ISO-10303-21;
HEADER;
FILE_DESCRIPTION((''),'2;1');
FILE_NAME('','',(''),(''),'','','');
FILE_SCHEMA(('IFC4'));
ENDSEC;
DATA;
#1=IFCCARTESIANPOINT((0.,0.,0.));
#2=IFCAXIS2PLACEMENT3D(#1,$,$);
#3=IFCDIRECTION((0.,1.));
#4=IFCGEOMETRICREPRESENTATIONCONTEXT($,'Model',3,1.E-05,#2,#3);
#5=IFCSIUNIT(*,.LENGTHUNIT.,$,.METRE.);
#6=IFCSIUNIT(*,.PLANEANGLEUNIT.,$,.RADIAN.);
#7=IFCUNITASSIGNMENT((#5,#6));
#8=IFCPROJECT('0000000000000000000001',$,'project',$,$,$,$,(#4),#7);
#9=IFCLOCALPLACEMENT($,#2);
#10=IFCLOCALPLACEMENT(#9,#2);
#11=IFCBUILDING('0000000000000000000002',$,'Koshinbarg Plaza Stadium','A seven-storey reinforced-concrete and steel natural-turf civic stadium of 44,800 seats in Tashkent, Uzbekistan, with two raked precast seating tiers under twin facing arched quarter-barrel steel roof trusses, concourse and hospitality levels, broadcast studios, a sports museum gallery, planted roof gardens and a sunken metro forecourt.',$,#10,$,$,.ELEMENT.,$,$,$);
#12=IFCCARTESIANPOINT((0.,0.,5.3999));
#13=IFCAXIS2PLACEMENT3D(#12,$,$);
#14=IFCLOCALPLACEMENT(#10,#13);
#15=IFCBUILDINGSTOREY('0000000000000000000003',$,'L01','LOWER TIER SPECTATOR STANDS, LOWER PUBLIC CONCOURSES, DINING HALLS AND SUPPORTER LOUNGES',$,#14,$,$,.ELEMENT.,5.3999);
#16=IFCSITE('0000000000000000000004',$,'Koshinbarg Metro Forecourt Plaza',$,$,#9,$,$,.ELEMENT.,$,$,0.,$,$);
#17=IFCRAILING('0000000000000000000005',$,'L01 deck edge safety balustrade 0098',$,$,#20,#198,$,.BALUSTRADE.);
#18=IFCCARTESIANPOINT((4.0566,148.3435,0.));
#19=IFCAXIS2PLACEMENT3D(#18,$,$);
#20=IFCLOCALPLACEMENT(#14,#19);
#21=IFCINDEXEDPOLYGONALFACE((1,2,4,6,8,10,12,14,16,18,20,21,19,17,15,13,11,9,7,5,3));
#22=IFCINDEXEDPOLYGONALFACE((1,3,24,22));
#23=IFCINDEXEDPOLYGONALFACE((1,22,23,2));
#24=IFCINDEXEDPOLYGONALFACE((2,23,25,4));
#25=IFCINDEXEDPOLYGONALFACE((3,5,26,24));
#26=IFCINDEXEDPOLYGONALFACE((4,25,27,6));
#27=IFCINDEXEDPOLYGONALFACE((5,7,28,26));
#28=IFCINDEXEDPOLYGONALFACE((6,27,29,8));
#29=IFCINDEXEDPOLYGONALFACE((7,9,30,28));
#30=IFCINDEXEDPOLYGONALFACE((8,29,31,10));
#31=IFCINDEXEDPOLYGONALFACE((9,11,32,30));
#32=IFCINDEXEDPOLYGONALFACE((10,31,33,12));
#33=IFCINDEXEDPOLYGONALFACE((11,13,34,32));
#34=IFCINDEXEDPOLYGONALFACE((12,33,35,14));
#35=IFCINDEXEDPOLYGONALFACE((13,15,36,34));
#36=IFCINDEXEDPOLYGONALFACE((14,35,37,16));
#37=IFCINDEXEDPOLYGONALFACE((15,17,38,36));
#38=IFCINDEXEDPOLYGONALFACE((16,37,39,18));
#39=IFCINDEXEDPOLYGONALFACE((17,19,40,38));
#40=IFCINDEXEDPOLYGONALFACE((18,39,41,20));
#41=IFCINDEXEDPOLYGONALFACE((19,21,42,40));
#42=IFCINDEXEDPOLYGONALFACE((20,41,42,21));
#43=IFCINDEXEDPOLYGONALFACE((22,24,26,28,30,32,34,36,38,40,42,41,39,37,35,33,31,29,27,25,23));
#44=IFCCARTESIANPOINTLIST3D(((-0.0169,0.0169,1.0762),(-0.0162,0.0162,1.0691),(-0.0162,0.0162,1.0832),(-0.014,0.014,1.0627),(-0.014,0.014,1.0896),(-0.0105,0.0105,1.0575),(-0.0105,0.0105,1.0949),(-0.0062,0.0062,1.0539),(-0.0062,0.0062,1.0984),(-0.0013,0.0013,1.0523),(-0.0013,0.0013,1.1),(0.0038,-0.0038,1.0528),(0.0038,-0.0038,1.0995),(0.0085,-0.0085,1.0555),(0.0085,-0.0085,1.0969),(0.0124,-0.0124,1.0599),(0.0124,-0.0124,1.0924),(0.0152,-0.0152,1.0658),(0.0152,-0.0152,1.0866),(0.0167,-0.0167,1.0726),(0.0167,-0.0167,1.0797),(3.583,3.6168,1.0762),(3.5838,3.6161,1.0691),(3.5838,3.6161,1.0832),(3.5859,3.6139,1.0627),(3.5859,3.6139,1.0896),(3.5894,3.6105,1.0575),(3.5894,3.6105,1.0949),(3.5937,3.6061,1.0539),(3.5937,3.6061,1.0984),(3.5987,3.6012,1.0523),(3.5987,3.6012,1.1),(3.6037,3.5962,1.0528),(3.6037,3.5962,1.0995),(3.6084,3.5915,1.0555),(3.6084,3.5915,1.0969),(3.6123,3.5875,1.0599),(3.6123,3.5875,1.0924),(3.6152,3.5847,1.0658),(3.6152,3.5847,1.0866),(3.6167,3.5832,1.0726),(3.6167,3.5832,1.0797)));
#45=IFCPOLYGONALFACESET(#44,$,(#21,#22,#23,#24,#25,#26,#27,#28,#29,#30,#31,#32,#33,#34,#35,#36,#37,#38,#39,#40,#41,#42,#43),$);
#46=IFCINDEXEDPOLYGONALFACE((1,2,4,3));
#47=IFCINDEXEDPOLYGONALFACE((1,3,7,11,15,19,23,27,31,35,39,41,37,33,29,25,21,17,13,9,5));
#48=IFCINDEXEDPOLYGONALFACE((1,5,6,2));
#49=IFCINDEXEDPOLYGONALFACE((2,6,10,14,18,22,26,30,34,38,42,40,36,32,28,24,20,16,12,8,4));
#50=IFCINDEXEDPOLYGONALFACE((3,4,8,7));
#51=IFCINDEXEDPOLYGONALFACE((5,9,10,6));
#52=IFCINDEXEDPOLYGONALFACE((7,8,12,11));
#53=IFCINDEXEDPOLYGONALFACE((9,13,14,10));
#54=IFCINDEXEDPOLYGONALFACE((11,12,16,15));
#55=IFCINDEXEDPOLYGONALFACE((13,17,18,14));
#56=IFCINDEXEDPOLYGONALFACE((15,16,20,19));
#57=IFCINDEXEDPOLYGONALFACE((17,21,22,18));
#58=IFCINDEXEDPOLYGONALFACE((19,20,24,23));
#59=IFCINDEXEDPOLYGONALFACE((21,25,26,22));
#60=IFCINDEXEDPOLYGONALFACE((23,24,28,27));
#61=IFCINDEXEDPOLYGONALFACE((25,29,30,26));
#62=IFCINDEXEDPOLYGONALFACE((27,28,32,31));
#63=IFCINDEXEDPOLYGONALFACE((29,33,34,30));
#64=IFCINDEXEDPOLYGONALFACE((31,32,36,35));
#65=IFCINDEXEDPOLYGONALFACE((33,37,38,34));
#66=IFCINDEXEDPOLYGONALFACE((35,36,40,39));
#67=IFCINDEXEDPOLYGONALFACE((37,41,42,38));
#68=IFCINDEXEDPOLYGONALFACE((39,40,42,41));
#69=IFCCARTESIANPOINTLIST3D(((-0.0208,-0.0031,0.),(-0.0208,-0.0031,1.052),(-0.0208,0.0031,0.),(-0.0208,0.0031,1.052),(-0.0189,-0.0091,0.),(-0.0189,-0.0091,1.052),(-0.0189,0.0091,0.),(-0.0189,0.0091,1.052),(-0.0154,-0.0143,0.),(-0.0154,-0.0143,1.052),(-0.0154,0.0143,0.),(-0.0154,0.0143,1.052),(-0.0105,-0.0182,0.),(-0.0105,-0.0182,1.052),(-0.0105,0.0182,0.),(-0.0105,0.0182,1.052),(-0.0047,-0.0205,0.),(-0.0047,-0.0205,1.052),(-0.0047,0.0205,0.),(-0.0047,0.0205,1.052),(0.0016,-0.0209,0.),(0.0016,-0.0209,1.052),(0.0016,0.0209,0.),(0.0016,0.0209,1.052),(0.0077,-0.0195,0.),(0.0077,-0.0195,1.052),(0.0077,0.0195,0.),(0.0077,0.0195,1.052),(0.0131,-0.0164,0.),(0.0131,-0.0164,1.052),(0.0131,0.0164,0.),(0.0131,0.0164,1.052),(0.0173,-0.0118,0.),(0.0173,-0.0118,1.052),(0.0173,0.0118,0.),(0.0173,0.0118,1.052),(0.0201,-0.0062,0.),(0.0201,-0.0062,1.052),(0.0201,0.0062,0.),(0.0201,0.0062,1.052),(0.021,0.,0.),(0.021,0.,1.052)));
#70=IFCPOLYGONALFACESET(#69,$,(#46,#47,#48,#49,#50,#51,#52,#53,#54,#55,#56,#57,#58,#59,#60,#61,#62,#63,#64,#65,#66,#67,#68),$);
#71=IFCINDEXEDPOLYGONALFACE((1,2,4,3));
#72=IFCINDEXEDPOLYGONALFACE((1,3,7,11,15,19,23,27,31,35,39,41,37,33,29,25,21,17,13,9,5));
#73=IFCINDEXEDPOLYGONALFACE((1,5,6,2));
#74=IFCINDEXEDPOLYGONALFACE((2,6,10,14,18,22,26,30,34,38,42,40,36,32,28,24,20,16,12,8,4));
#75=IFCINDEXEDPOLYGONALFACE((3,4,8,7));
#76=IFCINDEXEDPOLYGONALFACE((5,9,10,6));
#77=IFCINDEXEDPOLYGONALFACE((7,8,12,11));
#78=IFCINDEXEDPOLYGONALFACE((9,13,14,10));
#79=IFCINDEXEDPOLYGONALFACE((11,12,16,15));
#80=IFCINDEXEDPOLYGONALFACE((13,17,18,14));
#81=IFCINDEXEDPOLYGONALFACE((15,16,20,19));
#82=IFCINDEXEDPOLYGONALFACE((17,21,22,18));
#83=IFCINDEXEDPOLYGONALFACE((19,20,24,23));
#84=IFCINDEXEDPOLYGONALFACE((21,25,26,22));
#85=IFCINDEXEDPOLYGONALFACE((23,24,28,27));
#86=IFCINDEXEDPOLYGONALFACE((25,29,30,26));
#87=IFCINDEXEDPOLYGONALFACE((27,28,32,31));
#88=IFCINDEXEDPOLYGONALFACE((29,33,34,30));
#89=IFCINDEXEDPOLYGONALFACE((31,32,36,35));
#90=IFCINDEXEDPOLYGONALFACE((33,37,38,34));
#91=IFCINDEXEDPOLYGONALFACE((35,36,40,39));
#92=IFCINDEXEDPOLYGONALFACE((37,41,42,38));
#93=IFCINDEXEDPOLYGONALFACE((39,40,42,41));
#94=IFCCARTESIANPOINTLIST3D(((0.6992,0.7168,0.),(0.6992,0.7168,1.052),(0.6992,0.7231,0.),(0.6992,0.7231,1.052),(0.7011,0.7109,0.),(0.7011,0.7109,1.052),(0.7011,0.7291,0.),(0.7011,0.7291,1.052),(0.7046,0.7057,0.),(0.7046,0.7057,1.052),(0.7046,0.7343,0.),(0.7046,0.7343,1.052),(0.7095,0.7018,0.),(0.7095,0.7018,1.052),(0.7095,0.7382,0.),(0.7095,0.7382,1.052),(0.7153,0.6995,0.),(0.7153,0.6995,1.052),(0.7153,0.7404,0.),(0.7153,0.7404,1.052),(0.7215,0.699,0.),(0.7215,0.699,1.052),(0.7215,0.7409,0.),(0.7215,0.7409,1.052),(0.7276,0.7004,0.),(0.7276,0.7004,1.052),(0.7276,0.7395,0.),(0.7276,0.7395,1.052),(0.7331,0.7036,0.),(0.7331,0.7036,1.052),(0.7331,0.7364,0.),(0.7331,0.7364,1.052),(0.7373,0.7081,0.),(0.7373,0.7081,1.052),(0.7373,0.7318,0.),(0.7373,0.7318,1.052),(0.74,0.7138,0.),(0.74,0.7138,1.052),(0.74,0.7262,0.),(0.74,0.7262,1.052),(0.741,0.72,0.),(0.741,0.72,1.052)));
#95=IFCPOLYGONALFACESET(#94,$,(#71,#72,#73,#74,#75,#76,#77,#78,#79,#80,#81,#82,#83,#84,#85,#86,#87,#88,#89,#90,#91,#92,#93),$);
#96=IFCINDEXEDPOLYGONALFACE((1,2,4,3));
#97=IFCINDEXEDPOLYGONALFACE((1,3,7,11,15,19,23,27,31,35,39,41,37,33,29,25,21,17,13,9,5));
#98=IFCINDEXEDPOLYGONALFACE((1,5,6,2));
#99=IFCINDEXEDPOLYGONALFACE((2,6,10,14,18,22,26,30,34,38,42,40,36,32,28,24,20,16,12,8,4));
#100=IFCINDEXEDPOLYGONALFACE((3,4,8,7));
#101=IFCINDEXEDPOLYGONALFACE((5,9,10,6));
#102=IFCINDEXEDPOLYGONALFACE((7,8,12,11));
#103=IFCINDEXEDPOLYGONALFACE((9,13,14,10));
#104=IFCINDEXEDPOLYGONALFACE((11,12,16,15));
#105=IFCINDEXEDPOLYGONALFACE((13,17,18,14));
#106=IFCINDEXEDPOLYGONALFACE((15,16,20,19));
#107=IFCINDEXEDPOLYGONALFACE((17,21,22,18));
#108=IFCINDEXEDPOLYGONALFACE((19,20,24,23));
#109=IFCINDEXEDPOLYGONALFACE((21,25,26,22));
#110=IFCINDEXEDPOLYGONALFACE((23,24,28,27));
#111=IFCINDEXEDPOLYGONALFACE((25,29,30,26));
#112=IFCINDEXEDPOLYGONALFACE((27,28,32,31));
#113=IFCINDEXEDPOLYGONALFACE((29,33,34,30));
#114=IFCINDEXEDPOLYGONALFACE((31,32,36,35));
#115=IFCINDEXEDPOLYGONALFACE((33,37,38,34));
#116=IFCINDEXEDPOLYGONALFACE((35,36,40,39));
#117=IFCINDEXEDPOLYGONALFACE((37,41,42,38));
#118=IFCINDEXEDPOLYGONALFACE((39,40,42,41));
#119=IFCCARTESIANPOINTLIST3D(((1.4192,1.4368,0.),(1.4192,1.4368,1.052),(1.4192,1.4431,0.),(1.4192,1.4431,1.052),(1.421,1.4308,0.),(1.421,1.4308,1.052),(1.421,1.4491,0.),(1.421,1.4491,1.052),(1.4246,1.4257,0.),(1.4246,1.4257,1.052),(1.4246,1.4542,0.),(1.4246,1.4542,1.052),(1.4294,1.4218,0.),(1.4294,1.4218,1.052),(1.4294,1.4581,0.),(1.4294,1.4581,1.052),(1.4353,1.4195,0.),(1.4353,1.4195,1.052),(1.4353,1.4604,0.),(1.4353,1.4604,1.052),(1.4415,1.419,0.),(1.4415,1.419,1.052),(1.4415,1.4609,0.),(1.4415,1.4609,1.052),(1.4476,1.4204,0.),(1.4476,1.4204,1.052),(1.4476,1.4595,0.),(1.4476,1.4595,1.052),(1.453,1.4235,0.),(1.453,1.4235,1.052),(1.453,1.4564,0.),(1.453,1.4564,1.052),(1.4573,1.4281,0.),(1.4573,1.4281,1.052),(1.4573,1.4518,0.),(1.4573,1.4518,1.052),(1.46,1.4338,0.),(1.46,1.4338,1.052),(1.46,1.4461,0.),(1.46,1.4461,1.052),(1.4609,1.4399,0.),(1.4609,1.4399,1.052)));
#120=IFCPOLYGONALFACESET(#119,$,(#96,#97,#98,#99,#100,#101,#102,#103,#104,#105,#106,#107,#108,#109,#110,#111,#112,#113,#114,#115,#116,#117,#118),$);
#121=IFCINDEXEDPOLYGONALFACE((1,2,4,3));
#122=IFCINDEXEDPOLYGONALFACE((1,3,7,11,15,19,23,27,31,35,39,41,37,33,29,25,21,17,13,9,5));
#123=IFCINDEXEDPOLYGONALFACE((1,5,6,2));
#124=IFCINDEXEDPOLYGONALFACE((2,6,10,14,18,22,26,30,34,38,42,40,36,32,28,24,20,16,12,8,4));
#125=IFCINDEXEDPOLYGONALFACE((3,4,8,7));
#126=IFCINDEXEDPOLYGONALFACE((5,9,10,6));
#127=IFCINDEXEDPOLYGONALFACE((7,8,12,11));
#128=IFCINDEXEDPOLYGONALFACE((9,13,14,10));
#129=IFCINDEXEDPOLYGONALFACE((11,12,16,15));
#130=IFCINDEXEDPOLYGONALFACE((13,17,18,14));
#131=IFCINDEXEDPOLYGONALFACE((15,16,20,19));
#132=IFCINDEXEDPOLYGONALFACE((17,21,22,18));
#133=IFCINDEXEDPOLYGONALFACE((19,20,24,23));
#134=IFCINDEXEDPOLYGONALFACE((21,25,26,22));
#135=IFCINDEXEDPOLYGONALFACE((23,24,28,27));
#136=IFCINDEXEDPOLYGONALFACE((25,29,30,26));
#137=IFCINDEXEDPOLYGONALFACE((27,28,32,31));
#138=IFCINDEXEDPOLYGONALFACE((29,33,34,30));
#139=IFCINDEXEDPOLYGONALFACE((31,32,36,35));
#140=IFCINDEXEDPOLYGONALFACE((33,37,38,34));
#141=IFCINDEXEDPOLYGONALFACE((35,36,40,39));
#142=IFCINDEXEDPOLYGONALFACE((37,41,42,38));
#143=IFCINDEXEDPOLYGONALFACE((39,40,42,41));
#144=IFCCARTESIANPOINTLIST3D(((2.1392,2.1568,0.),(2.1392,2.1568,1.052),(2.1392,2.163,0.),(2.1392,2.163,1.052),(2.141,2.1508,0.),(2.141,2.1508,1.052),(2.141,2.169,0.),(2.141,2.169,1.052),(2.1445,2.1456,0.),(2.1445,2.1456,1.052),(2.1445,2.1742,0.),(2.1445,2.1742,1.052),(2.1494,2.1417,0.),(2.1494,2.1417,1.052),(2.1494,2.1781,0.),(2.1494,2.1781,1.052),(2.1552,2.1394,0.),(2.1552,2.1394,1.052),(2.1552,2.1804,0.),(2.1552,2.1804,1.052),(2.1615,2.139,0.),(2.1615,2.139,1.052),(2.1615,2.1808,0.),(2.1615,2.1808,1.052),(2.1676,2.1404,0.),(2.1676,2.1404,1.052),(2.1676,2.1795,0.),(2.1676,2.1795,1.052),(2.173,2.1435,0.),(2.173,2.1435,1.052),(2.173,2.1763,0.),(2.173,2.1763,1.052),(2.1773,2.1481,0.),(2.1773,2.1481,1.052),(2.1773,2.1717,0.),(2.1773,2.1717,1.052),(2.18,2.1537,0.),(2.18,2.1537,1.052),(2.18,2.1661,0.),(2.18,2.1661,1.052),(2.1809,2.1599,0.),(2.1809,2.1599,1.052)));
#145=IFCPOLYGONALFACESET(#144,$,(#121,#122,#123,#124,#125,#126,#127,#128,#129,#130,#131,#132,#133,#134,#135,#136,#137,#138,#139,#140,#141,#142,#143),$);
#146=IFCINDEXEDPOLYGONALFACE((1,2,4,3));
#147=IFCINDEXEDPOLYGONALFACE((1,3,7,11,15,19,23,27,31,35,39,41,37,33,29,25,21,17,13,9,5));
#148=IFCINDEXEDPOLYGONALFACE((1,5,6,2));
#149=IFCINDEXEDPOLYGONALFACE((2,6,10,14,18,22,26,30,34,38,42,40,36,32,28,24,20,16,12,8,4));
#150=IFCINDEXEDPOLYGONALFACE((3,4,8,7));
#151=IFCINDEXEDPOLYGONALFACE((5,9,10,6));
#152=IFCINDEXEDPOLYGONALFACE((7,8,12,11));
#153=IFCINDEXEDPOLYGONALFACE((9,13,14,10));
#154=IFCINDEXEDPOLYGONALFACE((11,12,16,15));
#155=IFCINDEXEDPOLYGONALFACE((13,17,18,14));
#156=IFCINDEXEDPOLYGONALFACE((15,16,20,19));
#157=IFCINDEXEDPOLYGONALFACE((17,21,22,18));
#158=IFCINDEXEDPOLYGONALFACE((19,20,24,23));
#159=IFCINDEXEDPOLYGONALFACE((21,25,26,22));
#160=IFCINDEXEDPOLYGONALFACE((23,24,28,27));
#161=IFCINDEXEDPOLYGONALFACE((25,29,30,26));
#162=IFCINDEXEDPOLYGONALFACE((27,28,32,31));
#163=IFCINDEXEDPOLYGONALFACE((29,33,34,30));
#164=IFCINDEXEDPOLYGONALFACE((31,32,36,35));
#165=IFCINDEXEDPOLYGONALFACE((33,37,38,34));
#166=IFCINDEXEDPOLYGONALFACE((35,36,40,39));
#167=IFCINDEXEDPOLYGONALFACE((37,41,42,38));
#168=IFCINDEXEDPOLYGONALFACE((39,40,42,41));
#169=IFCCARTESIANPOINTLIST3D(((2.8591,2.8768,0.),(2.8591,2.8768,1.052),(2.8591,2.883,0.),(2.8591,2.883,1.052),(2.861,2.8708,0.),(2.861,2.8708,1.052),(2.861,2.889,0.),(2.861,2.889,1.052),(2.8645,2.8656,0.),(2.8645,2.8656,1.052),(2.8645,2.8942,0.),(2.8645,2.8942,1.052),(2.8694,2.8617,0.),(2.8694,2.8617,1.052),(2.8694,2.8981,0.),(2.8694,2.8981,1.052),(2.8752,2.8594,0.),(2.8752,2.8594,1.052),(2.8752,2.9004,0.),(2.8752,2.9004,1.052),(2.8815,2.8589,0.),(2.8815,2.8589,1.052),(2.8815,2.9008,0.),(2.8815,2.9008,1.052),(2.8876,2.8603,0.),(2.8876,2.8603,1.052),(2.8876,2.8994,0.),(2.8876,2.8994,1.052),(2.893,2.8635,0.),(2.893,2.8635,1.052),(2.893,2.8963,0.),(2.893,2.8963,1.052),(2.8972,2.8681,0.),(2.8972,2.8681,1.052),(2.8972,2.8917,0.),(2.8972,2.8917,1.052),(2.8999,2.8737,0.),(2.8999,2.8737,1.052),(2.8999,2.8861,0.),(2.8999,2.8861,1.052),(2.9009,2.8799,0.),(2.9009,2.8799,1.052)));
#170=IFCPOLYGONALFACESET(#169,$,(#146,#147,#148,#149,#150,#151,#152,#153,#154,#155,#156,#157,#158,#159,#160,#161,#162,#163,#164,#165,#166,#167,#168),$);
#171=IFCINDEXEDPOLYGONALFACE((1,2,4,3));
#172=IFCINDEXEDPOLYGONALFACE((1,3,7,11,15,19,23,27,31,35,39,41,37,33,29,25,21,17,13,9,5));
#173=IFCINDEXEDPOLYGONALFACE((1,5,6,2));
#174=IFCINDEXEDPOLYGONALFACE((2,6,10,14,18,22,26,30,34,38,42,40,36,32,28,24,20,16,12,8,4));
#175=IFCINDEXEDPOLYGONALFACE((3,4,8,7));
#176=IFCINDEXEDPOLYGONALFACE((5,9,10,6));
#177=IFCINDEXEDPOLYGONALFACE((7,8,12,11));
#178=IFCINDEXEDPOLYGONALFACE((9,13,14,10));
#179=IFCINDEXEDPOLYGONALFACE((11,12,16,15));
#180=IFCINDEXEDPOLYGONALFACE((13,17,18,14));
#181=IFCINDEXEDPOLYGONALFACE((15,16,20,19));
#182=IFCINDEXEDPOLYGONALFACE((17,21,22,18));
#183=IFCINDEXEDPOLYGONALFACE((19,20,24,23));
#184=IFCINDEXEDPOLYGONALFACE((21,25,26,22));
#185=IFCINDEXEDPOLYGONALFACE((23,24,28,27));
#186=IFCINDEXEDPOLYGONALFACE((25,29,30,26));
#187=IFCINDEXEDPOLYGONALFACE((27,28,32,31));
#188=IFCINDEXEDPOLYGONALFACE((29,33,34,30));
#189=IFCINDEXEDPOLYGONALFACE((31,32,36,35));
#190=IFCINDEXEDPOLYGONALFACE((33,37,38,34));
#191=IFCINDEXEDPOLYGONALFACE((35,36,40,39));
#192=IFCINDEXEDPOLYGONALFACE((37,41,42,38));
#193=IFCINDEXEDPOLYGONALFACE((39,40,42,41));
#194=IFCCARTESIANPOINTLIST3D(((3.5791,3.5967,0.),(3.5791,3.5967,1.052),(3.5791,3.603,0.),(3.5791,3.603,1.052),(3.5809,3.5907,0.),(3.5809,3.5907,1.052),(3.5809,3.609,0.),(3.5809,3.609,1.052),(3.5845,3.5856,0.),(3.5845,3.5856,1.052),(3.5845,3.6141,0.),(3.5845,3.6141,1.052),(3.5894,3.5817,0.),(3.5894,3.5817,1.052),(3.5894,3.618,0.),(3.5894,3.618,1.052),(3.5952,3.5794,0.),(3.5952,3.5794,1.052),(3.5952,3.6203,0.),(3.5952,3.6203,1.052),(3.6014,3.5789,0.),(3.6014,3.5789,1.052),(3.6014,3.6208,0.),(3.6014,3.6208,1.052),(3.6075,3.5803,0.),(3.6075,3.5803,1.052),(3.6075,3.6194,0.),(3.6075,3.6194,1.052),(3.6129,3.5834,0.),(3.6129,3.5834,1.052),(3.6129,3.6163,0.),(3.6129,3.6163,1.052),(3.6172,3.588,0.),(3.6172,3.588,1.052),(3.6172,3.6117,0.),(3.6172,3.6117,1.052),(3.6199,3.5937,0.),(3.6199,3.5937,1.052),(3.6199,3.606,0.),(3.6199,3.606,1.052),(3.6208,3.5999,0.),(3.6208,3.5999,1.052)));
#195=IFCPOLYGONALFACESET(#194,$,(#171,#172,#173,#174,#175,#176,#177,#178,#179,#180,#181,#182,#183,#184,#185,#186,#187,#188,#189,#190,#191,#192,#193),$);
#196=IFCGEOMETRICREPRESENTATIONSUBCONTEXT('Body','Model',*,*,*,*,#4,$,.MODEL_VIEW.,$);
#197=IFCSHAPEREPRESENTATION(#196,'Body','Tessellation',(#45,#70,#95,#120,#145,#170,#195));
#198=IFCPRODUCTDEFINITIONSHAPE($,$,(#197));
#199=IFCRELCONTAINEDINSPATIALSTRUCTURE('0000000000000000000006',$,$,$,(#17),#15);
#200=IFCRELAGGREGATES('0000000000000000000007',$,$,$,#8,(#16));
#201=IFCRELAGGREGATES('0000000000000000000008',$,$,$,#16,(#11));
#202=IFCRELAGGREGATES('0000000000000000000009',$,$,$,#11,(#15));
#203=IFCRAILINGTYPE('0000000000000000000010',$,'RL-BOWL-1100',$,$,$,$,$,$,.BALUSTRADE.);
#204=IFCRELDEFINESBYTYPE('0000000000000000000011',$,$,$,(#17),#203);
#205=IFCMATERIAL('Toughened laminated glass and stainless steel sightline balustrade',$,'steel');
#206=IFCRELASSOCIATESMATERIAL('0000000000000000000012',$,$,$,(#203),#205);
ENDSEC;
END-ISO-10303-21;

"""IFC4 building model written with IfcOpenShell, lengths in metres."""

from ifc_helpers import new_model, si_unit, direction, frame, origin, origin_2d, place, context, subcontext, project, spatial, circle, extrude, material, type_object, element, save


model = new_model("IFC4")

# Units and contexts
model_context = context("Model", 3, precision=1e-05, world=origin(), true_north=direction((0.0, 1.0)))
body_context = subcontext(model_context, "Body", "Model", "MODEL_VIEW")
ifc_project = project(units=[si_unit("LENGTHUNIT", "METRE"), si_unit("PLANEANGLEUNIT", "RADIAN")], contexts=[model_context])

# Site, building, storey
site_placement = place(None, origin())
site = spatial("IfcSite", under=ifc_project, at=site_placement, Name="Koshinbarg Metro Forecourt Plaza", CompositionType="ELEMENT", RefElevation=0.0)
building_placement = place(site_placement, origin())
building = spatial("IfcBuilding", under=site, at=building_placement, Name="Koshinbarg Plaza Stadium", Description="A seven-storey reinforced-concrete and steel natural-turf civic stadium of 44,800 seats in Tashkent, Uzbekistan, with two raked precast seating tiers under twin facing arched quarter-barrel steel roof trusses, concourse and hospitality levels, broadcast studios, a sports museum gallery, planted roof gardens and a sunken metro forecourt.", CompositionType="ELEMENT")
storey_placement = place(building_placement, frame((0.0, 0.0, 5.3999)))
storey = spatial("IfcBuildingStorey", under=building, at=storey_placement, Name="L01", Description="LOWER TIER SPECTATOR STANDS, LOWER PUBLIC CONCOURSES, DINING HALLS AND SUPPORTER LOUNGES", CompositionType="ELEMENT", Elevation=5.3999)

# Railing
ifc_material_1 = material(Name="Toughened laminated glass and stainless steel sightline balustrade", Category="steel")
railing_type = type_object("IfcRailingType", Name="RL-BOWL-1100", PredefinedType="BALUSTRADE", material=ifc_material_1)
railing_1_placement = place(storey_placement, frame((4.0566, 148.3435, 0.0)))
element("IfcRailing", 1, at=railing_1_placement, inside=storey, type_object=railing_type, Name="L01 deck edge safety balustrade 0098", PredefinedType="BALUSTRADE", context=body_context, shape_type="SweptSolid", body=[
    extrude(circle(Radius=0.0239, at=origin_2d()), frame((0.0, 0.0, 1.0762), z_axis=(0.707107, 0.707107, 0.0), x_axis=(-0.707107, 0.707107, 0.0)), (0.0, 0.0, 1.0), 5.0911),
    extrude(circle(Radius=0.021, at=origin_2d()), origin(), (0.0, 0.0, 1.0), 1.052),
    extrude(circle(Radius=0.021, at=origin_2d()), frame((0.72, 0.72, 0.0)), (0.0, 0.0, 1.0), 1.052),
    extrude(circle(Radius=0.021, at=origin_2d()), frame((1.4399, 1.4399, 0.0)), (0.0, 0.0, 1.0), 1.052),
    extrude(circle(Radius=0.021, at=origin_2d()), frame((2.1599, 2.1599, 0.0)), (0.0, 0.0, 1.0), 1.052),
    extrude(circle(Radius=0.021, at=origin_2d()), frame((2.8799, 2.8799, 0.0)), (0.0, 0.0, 1.0), 1.052),
    extrude(circle(Radius=0.021, at=origin_2d()), frame((3.5999, 3.5999, 0.0)), (0.0, 0.0, 1.0), 1.052),
])

save(model, "model.ifc")
